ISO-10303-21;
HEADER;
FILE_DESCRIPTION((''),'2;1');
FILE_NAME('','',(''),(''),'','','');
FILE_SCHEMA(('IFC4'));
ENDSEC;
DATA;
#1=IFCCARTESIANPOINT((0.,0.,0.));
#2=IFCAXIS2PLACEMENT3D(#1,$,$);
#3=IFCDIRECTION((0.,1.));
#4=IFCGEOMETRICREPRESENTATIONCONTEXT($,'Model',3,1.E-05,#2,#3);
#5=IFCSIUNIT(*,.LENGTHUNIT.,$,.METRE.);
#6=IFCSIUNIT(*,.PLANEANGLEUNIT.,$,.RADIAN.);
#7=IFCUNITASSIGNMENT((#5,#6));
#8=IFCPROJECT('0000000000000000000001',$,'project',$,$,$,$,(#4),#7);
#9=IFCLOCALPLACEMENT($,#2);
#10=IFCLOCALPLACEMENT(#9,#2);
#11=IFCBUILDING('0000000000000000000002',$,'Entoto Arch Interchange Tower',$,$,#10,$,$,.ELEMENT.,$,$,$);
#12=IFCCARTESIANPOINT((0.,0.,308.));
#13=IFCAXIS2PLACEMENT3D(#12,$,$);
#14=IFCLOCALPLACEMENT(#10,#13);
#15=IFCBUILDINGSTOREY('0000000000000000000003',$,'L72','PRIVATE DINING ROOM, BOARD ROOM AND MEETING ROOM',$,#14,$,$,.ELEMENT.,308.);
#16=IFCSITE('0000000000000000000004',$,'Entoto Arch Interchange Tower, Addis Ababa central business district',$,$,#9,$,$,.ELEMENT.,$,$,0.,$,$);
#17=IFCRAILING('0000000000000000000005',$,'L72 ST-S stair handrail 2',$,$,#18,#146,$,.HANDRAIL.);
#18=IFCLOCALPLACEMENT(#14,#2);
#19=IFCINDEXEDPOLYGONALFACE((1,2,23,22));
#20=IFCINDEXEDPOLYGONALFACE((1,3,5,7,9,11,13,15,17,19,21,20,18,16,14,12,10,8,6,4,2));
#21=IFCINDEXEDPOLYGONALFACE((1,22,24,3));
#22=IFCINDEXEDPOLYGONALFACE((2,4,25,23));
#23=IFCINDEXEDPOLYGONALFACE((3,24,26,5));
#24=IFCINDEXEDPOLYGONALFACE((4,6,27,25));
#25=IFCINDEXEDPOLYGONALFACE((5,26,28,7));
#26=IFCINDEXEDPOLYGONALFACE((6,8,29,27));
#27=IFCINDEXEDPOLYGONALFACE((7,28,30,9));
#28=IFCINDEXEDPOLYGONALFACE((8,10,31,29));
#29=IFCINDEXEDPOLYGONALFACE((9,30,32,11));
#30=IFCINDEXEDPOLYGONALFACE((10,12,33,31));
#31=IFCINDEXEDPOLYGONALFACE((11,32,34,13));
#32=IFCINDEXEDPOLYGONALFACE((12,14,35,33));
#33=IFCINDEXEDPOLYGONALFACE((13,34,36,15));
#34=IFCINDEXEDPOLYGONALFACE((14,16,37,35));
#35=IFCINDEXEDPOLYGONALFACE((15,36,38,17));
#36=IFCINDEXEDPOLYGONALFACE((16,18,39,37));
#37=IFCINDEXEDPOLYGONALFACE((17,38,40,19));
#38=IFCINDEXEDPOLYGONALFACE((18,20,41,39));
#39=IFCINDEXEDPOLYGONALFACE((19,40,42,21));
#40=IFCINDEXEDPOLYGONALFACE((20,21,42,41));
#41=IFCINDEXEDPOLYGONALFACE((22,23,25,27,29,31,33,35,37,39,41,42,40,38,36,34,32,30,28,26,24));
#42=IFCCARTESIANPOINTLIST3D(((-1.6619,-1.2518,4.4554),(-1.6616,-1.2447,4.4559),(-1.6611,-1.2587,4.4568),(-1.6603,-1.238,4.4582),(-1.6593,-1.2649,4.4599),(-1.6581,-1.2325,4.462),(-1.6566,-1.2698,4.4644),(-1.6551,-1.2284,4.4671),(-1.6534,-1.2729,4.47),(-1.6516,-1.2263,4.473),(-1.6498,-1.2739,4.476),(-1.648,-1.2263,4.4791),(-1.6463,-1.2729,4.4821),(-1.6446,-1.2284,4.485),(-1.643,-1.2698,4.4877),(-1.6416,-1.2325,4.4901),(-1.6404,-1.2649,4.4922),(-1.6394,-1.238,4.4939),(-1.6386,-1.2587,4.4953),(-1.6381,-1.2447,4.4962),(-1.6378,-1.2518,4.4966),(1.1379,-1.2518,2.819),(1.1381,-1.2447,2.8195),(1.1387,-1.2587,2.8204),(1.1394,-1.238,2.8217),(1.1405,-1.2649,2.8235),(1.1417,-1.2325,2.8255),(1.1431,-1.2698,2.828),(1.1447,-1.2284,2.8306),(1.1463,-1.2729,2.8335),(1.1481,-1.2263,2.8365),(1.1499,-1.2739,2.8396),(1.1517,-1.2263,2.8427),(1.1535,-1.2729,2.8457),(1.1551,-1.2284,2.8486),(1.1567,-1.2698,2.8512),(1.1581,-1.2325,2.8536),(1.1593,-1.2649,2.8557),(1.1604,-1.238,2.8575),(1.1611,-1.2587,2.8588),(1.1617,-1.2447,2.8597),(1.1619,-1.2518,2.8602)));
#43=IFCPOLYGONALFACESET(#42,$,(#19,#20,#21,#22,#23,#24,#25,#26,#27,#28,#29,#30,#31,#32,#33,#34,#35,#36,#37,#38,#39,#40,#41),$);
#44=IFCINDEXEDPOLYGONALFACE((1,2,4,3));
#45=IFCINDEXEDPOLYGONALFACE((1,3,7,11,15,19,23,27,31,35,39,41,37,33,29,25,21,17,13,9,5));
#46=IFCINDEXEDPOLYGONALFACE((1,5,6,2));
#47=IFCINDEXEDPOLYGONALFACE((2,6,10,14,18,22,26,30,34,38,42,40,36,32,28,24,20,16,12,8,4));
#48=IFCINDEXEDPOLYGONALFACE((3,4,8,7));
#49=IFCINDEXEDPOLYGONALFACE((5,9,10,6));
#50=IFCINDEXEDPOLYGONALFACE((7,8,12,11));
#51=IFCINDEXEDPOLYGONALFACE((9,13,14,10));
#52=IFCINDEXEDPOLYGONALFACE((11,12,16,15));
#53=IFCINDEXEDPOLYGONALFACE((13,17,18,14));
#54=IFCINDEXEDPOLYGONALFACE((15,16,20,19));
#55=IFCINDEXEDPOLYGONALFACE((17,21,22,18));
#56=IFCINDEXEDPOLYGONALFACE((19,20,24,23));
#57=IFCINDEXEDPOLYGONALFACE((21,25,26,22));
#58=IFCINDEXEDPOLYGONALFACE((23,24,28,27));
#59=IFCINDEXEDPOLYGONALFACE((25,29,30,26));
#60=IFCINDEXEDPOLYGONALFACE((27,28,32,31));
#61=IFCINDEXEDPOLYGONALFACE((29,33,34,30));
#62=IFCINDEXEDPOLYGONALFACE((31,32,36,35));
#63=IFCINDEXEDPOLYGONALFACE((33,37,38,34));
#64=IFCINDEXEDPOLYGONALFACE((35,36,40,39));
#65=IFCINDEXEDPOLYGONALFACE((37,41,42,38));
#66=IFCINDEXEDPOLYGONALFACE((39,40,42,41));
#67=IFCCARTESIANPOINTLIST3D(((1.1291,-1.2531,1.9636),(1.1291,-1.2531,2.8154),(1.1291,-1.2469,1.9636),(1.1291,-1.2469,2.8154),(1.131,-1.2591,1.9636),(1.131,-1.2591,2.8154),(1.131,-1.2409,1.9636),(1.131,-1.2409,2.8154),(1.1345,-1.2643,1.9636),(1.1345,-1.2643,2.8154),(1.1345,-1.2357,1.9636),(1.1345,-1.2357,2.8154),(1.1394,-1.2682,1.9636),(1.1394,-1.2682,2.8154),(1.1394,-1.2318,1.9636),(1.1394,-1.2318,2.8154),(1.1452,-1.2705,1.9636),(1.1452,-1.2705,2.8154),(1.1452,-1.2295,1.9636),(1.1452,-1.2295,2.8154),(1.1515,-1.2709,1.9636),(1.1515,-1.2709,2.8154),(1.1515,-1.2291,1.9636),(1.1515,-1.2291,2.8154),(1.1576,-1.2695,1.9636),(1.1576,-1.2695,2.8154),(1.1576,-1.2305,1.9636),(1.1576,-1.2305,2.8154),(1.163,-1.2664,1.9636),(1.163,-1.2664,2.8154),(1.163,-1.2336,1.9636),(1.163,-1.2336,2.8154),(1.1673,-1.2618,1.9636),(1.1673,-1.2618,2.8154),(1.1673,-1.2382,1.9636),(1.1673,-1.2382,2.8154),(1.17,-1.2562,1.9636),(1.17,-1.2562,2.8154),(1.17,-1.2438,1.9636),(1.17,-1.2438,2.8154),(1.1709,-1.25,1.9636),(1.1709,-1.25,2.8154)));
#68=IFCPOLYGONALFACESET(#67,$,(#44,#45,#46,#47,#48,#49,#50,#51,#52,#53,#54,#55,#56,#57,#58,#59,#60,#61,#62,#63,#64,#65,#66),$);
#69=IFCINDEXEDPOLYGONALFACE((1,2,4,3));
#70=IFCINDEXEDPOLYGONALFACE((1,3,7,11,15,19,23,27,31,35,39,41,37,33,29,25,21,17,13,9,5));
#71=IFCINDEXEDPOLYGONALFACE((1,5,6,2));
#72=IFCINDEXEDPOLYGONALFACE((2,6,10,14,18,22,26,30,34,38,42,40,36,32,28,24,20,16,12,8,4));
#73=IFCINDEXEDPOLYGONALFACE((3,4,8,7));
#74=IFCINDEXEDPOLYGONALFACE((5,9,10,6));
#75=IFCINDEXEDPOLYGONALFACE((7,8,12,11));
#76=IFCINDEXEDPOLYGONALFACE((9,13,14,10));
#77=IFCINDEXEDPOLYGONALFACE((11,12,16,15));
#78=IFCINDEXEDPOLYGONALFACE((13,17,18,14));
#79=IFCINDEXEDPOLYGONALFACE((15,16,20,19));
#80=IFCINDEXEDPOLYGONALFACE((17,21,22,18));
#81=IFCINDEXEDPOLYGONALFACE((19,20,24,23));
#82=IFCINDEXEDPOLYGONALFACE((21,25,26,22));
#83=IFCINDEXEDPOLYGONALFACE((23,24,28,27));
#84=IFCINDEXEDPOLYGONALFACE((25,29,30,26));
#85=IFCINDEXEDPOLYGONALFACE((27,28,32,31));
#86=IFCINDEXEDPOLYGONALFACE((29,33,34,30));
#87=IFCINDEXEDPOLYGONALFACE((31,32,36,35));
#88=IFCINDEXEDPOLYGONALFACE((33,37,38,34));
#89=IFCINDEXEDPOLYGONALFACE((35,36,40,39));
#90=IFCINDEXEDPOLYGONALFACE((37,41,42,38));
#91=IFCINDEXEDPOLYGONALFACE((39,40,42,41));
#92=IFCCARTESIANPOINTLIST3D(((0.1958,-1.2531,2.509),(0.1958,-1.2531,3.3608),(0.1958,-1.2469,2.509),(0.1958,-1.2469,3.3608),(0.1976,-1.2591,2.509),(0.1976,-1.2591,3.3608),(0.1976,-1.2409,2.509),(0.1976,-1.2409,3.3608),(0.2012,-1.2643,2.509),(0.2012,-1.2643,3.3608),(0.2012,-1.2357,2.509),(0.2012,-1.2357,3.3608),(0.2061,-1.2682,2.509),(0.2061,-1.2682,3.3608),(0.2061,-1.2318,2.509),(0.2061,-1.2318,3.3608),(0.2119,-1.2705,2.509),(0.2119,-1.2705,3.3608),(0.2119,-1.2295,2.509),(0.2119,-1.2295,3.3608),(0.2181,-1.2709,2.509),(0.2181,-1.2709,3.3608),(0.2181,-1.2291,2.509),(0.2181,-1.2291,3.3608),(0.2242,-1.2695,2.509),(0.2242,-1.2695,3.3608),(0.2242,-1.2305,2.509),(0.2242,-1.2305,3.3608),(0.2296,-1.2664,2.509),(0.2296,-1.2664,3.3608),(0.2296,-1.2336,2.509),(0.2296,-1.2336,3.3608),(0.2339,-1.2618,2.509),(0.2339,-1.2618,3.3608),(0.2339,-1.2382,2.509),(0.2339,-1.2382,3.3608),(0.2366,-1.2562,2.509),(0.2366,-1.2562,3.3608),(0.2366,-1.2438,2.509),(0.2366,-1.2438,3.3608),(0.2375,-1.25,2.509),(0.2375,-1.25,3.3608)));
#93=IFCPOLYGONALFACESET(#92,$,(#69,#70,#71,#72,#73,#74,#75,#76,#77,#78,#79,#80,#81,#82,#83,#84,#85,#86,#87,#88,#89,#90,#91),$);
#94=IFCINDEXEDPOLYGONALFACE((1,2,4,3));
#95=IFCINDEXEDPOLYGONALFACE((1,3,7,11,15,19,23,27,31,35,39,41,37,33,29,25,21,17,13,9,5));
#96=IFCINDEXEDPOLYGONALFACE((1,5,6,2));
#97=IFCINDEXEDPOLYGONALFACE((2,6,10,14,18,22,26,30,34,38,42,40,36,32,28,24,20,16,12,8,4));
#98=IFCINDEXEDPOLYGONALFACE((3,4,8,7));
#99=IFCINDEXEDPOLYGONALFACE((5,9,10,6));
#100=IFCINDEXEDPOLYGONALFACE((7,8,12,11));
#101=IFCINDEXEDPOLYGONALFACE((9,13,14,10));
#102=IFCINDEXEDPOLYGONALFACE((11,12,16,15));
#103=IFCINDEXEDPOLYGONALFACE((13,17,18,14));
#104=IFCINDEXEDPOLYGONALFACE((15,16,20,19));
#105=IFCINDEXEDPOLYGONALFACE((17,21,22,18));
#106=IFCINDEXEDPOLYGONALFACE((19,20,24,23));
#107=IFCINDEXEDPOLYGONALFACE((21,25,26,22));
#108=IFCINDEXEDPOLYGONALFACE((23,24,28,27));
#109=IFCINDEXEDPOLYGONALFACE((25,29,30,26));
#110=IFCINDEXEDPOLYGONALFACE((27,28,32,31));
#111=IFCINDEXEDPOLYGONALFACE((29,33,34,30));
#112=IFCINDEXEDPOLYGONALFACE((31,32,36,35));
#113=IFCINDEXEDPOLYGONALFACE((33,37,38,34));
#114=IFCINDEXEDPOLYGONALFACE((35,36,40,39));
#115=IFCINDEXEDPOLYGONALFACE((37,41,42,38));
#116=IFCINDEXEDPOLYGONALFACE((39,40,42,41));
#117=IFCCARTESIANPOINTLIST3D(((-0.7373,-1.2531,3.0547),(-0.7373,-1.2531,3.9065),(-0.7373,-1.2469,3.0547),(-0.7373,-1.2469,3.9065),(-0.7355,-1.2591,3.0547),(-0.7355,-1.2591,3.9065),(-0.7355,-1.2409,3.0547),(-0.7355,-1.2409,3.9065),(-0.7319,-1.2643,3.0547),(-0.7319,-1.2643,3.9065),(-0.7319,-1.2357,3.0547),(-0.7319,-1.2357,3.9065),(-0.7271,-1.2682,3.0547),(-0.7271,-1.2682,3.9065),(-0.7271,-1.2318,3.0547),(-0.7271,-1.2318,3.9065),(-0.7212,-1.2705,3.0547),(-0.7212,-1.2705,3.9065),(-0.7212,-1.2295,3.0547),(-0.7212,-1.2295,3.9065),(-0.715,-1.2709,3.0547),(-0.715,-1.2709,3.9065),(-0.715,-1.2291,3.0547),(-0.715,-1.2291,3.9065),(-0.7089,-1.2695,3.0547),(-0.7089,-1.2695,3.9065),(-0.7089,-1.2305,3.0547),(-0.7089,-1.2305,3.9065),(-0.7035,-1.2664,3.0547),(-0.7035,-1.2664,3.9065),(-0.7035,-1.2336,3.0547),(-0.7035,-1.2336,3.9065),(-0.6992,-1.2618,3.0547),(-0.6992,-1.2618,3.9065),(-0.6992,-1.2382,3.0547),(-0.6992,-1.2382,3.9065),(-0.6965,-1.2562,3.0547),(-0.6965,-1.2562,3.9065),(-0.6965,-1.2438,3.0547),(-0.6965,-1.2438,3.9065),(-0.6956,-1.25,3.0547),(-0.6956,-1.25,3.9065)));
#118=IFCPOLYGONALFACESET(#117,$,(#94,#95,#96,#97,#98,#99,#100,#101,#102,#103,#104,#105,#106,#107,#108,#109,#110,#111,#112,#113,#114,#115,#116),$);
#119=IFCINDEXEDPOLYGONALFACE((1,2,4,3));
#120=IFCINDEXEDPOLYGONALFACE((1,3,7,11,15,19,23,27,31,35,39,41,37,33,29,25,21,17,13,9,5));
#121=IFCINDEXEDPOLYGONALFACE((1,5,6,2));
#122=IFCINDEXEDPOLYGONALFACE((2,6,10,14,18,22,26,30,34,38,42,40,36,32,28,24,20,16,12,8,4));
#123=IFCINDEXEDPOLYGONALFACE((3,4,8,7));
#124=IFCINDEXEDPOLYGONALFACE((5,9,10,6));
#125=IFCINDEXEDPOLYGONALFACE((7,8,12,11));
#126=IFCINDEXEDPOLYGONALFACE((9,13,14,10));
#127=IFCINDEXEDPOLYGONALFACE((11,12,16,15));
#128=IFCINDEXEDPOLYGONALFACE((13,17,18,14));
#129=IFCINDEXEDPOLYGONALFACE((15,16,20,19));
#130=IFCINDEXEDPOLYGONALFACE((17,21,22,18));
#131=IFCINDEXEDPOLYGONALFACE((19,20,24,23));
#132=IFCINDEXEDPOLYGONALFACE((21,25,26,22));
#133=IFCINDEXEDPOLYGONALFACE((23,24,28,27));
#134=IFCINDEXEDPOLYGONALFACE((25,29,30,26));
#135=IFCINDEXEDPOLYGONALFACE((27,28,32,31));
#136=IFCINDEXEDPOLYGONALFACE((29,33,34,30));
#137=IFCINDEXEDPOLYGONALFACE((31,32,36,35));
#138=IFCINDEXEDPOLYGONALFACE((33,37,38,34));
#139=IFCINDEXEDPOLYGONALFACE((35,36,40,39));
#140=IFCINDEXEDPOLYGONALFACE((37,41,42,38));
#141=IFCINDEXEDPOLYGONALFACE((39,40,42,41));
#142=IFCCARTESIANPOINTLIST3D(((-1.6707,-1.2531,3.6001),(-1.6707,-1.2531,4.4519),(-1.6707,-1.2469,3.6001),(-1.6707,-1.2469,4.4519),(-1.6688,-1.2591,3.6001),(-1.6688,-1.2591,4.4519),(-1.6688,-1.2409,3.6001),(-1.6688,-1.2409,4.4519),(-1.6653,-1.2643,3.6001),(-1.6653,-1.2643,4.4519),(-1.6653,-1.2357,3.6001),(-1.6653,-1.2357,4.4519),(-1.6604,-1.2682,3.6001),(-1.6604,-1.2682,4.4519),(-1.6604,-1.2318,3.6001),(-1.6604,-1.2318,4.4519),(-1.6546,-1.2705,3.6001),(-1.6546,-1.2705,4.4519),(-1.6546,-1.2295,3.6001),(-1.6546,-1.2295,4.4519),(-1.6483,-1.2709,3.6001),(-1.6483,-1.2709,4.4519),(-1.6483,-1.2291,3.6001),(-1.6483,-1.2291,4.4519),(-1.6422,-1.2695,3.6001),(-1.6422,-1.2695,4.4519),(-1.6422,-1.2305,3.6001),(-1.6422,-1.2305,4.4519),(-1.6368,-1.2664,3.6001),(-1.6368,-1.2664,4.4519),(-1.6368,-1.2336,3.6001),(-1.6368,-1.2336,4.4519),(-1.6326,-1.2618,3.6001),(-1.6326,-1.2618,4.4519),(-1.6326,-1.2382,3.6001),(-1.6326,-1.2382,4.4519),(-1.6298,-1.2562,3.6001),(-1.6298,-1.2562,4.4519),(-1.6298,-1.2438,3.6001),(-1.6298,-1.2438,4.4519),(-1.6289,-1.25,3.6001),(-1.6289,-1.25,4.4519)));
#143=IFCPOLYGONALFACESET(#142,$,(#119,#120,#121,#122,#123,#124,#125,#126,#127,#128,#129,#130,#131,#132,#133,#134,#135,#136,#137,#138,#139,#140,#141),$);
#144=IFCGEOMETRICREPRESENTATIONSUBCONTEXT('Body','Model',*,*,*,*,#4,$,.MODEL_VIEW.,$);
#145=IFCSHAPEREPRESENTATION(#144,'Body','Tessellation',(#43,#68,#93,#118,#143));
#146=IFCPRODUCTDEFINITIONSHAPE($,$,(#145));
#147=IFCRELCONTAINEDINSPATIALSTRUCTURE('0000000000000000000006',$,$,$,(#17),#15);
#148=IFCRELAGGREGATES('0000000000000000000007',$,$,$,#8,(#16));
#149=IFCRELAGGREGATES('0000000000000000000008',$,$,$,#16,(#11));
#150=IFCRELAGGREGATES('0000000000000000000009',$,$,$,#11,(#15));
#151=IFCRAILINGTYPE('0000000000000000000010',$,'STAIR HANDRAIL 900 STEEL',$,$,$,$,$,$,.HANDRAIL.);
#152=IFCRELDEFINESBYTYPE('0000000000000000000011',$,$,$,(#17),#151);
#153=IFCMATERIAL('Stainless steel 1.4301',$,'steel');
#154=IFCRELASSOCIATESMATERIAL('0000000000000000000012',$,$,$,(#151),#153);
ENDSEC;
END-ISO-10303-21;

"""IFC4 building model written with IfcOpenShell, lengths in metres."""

from ifc_helpers import new_model, si_unit, direction, frame, origin, origin_2d, place, context, subcontext, project, spatial, circle, extrude, material, type_object, element, save


model = new_model("IFC4")

# Units and contexts
model_context = context("Model", 3, precision=1e-05, world=origin(), true_north=direction((0.0, 1.0)))
body_context = subcontext(model_context, "Body", "Model", "MODEL_VIEW")
ifc_project = project(units=[si_unit("LENGTHUNIT", "METRE"), si_unit("PLANEANGLEUNIT", "RADIAN")], contexts=[model_context])

# Site, building, storey
site_placement = place(None, origin())
site = spatial("IfcSite", under=ifc_project, at=site_placement, Name="Entoto Arch Interchange Tower, Addis Ababa central business district", CompositionType="ELEMENT", RefElevation=0.0)
building_placement = place(site_placement, origin())
building = spatial("IfcBuilding", under=site, at=building_placement, Name="Entoto Arch Interchange Tower", CompositionType="ELEMENT")
storey_placement = place(building_placement, frame((0.0, 0.0, 308.0)))
storey = spatial("IfcBuildingStorey", under=building, at=storey_placement, Name="L72", Description="PRIVATE DINING ROOM, BOARD ROOM AND MEETING ROOM", CompositionType="ELEMENT", Elevation=308.0)

# Shared definitions
ifc_material_1 = material(Name="Stainless steel 1.4301", Category="steel")

# Railing
railing_type_1 = type_object("IfcRailingType", Name="STAIR HANDRAIL 900 STEEL", PredefinedType="HANDRAIL", material=ifc_material_1)
railing_1_placement = place(storey_placement, frame((1.1499, -1.25, 1.9636)))
element("IfcRailing", 1, at=railing_1_placement, inside=storey, type_object=railing_type_1, Name="L72 ST-S stair handrail 2", PredefinedType="HANDRAIL", context=body_context, shape_type="SweptSolid", body=[
    extrude(circle(Radius=0.0239, at=origin_2d()), frame((0.0, 0.0, 0.876), z_axis=(-0.863342, 0.0, 0.50462), x_axis=(0.0, -1.0, 0.0)), (0.0, 0.0, 1.0), 3.2429),
    extrude(circle(Radius=0.021, at=origin_2d()), origin(), (0.0, 0.0, 1.0), 0.8518),
    extrude(circle(Radius=0.021, at=origin_2d()), frame((-0.9333, 0.0, 0.5454)), (0.0, 0.0, 1.0), 0.8518),
    extrude(circle(Radius=0.021, at=origin_2d()), frame((-1.8665, 0.0, 1.0911)), (0.0, 0.0, 1.0), 0.8518),
    extrude(circle(Radius=0.021, at=origin_2d()), frame((-2.7998, 0.0, 1.6365)), (0.0, 0.0, 1.0), 0.8518),
])

save(model, "model.ifc")
